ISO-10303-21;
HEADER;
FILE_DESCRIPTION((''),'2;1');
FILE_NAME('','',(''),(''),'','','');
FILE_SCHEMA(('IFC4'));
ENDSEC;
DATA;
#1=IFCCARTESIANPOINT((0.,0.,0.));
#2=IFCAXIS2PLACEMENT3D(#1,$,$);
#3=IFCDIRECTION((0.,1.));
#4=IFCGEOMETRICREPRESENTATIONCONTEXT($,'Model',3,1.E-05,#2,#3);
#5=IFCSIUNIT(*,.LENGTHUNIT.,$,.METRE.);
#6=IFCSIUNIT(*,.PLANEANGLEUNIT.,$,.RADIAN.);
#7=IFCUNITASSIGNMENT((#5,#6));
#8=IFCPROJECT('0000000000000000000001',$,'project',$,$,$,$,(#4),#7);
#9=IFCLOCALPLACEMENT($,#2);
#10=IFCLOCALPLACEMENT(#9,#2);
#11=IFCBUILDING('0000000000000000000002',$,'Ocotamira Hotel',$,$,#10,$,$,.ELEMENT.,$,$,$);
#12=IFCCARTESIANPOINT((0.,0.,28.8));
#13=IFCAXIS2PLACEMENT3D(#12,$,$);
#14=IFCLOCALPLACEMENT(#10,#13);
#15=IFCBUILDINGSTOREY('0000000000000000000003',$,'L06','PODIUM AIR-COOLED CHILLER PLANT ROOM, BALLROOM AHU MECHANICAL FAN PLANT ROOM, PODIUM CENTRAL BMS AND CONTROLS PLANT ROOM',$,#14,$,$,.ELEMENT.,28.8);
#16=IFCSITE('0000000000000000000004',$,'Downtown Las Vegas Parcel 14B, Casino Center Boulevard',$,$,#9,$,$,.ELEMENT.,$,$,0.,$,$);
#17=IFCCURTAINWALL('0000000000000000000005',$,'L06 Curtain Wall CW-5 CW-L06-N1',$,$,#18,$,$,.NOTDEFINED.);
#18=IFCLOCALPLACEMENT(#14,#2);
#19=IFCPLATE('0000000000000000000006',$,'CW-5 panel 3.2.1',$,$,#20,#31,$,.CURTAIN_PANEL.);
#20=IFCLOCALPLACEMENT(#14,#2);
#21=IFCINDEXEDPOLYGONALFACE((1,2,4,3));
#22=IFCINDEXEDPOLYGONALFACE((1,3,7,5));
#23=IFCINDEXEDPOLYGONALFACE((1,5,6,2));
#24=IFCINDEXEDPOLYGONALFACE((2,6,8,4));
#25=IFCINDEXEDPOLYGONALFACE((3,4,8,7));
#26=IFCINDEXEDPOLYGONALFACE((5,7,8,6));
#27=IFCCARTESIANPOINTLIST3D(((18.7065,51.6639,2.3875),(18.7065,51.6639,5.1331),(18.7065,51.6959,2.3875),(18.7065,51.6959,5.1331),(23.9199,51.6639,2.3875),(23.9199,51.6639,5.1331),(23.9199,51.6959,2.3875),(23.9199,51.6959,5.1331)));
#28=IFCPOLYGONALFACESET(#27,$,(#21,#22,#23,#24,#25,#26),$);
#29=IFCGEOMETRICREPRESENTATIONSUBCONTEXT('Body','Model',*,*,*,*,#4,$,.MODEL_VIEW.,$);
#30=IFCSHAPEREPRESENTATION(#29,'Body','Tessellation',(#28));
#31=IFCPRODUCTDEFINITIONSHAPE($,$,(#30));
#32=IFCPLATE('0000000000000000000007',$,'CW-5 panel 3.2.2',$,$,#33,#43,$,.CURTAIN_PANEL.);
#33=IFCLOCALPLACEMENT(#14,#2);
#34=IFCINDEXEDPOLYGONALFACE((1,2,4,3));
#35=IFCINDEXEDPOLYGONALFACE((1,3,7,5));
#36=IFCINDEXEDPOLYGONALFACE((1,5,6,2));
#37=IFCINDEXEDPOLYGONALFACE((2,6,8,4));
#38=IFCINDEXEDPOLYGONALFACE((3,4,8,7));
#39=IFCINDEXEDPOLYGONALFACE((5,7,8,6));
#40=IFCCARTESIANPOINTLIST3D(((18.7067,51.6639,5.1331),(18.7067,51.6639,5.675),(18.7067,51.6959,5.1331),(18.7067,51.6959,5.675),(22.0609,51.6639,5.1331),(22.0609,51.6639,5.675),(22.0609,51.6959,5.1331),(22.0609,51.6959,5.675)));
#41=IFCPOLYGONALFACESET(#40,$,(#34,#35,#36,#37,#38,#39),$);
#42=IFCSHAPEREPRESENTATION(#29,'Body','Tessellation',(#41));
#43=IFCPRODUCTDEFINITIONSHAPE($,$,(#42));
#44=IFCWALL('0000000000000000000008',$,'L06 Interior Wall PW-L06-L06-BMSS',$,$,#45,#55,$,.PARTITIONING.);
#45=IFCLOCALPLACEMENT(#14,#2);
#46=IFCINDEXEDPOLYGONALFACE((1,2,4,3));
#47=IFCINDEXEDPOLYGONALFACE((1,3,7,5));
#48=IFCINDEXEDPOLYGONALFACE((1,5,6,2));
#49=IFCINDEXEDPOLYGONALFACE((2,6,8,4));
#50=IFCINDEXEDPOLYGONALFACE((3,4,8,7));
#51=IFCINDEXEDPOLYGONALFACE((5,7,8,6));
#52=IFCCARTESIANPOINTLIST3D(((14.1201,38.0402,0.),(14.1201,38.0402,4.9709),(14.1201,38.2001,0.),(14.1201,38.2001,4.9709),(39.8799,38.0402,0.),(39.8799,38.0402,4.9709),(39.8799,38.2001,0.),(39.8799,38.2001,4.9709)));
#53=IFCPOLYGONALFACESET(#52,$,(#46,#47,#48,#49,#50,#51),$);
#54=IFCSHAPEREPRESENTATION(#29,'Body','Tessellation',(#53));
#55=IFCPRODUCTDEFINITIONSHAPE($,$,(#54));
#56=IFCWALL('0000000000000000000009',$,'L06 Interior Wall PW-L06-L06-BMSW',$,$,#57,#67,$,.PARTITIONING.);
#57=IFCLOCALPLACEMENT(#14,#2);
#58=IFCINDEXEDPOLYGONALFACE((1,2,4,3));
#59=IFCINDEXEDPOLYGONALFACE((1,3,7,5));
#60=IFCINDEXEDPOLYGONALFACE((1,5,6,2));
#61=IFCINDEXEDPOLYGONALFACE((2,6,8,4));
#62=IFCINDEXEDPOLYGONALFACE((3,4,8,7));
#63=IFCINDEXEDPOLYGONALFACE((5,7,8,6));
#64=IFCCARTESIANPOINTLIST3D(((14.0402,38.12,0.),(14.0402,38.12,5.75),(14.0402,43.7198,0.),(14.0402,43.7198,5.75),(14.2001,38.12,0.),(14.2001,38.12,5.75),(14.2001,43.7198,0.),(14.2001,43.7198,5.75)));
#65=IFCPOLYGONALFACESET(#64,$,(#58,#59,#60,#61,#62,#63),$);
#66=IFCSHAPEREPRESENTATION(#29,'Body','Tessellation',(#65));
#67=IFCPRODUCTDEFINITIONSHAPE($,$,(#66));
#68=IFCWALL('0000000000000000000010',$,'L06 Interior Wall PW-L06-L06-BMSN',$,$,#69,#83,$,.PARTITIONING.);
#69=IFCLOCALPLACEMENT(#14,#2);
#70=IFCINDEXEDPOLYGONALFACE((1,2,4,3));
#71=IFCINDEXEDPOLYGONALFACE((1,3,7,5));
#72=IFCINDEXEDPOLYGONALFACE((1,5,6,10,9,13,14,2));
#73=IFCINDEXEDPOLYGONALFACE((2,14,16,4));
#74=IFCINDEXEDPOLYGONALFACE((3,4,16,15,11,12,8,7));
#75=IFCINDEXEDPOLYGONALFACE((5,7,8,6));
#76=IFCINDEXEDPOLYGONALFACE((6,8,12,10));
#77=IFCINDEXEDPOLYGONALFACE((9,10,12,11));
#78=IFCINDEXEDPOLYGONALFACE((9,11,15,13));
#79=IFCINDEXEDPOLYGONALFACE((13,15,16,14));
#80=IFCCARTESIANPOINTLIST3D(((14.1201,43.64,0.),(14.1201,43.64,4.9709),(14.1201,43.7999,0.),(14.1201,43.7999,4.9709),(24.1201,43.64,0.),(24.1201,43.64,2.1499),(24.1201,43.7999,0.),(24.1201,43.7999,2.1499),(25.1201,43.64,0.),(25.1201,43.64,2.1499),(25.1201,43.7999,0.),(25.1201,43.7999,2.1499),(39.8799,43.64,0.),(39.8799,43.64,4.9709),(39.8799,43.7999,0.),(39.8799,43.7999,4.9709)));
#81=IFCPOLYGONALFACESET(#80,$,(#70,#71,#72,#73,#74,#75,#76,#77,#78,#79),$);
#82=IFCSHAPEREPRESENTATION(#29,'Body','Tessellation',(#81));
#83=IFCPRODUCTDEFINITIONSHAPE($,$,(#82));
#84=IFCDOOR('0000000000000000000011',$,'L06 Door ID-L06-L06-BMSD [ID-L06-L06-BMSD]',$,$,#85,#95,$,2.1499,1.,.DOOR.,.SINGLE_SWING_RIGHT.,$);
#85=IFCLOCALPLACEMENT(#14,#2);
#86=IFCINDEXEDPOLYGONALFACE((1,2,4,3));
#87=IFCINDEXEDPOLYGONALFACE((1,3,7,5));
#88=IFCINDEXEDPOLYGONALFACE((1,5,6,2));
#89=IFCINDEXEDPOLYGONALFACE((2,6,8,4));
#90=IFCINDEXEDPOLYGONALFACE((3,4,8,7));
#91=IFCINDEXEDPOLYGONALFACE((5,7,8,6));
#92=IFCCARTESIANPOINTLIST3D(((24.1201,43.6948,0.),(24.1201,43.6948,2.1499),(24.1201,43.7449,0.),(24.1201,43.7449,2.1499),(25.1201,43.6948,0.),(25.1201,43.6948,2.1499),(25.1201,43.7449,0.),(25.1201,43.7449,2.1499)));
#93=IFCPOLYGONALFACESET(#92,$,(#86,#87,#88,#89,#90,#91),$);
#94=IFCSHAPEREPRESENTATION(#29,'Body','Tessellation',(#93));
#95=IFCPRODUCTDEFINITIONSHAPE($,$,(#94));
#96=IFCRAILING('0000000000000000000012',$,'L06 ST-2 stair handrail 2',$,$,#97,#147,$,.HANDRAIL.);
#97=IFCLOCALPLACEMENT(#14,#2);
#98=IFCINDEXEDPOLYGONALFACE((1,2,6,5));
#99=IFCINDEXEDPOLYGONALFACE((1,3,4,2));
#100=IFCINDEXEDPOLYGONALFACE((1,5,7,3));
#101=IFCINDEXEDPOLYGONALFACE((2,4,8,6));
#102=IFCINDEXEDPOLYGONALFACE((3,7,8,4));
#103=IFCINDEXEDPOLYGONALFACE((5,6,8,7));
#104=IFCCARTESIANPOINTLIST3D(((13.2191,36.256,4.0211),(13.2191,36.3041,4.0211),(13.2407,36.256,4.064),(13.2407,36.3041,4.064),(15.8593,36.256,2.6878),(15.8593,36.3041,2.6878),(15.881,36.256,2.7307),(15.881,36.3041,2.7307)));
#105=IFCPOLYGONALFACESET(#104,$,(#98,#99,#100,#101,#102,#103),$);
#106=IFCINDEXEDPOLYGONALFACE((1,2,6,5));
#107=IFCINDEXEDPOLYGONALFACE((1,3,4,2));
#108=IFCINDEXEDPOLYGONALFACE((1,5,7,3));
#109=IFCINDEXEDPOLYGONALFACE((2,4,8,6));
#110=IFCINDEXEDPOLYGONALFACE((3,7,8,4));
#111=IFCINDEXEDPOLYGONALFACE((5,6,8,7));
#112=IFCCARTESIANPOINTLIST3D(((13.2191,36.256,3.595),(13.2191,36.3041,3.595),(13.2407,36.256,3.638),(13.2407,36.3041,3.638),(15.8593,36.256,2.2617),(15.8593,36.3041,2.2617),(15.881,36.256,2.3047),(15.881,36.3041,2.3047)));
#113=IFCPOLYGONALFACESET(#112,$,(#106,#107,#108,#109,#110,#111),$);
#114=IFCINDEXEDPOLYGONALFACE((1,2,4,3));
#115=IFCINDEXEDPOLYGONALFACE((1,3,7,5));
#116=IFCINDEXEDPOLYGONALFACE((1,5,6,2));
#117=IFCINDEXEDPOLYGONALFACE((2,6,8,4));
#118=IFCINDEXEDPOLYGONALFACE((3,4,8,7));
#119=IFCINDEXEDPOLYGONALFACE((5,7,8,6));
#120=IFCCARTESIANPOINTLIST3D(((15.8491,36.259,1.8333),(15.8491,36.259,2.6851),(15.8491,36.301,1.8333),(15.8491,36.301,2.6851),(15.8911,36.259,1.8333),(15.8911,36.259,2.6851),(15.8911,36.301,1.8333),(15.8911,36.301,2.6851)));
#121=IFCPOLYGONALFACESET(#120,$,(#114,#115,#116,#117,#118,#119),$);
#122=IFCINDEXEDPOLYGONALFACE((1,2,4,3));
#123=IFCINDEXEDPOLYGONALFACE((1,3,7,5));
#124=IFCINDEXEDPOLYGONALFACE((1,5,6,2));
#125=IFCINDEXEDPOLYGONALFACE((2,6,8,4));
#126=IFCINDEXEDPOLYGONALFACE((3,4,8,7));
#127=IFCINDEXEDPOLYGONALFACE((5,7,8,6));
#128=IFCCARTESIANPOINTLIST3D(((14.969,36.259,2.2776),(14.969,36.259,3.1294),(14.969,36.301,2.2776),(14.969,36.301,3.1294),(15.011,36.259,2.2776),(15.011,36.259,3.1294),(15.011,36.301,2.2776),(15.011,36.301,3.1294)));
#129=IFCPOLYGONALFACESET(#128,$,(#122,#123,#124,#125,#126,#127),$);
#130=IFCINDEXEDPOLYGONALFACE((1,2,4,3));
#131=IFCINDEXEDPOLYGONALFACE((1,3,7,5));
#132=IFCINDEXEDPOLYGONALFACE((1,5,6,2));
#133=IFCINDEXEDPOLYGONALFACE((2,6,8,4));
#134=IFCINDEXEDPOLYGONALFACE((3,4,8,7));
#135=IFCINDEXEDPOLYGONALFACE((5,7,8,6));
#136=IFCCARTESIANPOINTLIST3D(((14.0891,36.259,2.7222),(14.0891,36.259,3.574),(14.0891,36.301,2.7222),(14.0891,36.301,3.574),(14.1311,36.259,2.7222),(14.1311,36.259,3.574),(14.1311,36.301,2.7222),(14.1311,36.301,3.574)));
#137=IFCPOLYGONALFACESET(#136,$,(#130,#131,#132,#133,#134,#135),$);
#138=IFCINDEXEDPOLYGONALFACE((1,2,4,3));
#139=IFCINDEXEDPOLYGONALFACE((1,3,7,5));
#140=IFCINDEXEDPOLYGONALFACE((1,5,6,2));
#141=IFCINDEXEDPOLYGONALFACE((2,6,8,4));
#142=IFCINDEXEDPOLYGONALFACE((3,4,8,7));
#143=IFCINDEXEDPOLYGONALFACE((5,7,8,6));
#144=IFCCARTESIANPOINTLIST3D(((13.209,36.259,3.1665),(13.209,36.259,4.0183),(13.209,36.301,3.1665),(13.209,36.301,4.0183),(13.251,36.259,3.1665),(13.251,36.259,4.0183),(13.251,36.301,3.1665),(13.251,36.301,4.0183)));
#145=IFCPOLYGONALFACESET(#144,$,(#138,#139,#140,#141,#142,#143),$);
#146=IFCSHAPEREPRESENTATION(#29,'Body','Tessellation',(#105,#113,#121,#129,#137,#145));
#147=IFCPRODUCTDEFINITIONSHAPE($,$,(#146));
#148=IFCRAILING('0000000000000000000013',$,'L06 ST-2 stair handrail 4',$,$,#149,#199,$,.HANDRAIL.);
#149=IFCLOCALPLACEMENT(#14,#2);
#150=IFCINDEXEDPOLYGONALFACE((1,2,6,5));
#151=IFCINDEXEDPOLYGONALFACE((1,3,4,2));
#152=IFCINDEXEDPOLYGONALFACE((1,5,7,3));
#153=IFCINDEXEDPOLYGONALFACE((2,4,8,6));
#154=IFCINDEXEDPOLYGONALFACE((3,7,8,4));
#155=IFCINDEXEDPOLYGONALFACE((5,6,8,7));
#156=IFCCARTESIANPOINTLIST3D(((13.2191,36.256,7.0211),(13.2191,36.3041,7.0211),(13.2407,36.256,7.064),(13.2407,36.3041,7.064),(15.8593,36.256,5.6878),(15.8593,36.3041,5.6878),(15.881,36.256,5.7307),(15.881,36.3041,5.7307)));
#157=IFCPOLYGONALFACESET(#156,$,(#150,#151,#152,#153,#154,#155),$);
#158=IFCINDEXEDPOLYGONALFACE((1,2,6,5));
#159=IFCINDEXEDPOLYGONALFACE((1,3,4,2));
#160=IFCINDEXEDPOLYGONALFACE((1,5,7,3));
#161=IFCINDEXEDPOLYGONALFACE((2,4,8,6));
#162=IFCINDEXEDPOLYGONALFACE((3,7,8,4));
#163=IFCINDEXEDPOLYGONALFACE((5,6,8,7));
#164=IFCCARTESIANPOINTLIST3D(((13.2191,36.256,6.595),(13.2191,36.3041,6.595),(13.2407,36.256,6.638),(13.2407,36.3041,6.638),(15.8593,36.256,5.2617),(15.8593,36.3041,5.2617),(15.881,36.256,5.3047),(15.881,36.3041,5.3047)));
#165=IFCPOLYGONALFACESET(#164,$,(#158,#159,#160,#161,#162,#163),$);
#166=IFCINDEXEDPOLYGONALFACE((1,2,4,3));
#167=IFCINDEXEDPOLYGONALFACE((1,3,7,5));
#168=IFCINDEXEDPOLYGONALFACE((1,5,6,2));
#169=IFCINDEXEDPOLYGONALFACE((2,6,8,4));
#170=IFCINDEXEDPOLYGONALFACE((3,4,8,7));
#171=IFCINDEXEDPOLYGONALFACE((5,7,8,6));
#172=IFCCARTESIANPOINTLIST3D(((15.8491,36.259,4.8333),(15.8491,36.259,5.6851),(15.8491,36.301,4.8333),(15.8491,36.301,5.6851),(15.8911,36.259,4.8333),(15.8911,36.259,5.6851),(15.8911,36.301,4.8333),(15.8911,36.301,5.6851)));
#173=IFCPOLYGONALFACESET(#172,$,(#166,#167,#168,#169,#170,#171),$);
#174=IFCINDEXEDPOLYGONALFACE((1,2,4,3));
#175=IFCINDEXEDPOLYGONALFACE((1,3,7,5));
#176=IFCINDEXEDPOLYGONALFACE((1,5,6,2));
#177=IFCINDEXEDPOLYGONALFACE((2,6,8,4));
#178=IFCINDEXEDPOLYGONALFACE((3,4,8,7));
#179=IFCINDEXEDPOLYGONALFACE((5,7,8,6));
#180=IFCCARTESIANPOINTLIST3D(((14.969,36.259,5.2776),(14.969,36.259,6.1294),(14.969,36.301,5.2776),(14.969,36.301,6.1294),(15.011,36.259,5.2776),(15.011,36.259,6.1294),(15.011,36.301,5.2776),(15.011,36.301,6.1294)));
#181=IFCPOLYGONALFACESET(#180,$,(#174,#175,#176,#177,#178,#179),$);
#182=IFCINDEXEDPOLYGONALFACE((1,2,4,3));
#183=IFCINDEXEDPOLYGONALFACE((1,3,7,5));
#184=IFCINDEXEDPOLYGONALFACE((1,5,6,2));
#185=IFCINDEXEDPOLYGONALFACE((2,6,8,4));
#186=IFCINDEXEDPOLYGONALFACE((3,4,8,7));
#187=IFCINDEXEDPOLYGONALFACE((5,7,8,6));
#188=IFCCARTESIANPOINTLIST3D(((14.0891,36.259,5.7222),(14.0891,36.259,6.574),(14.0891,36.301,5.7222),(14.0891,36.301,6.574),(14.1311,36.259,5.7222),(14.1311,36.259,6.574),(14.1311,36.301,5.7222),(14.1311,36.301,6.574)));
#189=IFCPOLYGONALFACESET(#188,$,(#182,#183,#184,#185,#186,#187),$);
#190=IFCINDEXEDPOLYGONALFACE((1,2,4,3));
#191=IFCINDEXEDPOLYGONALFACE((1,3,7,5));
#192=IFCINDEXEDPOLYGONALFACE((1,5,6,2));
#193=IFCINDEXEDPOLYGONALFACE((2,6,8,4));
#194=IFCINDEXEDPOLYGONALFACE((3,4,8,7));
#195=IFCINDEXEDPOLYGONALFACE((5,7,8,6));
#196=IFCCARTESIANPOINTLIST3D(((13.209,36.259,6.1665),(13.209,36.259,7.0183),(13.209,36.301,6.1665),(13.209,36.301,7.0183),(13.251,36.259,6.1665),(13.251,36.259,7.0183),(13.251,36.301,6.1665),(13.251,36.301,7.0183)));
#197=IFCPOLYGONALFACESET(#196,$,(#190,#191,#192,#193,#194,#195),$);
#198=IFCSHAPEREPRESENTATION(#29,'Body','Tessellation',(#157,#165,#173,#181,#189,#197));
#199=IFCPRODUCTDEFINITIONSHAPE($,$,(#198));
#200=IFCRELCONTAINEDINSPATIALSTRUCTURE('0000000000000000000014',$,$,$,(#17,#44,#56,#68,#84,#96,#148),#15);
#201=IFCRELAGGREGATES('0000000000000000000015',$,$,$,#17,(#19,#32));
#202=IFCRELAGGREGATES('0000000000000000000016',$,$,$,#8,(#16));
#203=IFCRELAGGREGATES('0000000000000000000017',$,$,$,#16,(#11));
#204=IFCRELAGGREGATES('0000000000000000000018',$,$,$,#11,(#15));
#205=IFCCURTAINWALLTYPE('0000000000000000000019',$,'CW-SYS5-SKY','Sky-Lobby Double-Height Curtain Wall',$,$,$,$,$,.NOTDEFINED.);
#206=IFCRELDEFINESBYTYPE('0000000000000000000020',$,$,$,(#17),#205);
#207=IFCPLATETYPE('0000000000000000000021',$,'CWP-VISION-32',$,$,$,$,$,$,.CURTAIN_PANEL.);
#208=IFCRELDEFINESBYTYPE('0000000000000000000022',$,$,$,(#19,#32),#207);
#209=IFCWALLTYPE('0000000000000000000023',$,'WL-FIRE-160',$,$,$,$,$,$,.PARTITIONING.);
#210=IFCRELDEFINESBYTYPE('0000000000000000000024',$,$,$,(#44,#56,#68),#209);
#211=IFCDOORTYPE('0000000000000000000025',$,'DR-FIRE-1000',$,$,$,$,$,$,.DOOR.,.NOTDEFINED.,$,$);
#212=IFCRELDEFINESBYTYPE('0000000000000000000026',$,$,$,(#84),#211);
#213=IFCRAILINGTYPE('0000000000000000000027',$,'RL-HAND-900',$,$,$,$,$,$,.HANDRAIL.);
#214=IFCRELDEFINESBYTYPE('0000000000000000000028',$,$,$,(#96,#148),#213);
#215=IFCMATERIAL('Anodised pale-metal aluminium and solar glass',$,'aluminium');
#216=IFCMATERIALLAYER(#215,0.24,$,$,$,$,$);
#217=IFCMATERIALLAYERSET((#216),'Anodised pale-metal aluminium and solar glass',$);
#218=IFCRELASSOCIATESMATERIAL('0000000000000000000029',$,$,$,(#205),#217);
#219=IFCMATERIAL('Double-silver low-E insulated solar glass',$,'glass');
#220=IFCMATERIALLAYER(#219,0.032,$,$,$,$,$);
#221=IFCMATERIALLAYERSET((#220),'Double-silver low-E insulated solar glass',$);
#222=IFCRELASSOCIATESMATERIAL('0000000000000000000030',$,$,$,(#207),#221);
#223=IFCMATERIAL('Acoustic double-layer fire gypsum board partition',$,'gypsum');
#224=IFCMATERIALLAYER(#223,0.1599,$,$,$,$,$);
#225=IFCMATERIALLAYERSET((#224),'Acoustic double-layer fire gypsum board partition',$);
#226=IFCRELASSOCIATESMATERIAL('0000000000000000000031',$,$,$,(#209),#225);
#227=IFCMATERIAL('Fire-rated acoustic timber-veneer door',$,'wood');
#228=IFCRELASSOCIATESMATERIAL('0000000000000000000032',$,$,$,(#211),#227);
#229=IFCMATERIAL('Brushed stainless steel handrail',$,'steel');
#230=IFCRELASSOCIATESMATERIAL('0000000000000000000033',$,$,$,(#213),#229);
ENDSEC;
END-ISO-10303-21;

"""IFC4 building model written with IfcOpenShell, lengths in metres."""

from ifc_helpers import new_model, si_unit, direction, frame, frame_2d, origin, origin_2d, place, context, subcontext, project, spatial, rectangle, extrude, source, transform, mapped, material, layer, layer_set, type_object, element, fill, aggregate, save


model = new_model("IFC4")

# Units and contexts
model_context = context("Model", 3, precision=1e-05, world=origin(), true_north=direction((0.0, 1.0)))
body_context = subcontext(model_context, "Body", "Model", "MODEL_VIEW")
ifc_project = project(units=[si_unit("LENGTHUNIT", "METRE"), si_unit("PLANEANGLEUNIT", "RADIAN")], contexts=[model_context])

# Site, building, storey
site_placement = place(None, origin())
site = spatial("IfcSite", under=ifc_project, at=site_placement, Name="Downtown Las Vegas Parcel 14B, Casino Center Boulevard", CompositionType="ELEMENT", RefElevation=0.0)
building_placement = place(site_placement, origin())
building = spatial("IfcBuilding", under=site, at=building_placement, Name="Ocotamira Hotel", CompositionType="ELEMENT")
storey_placement = place(building_placement, frame((0.0, 0.0, 28.8)))
storey = spatial("IfcBuildingStorey", under=building, at=storey_placement, Name="L06", Description="PODIUM AIR-COOLED CHILLER PLANT ROOM, BALLROOM AHU MECHANICAL FAN PLANT ROOM, PODIUM CENTRAL BMS AND CONTROLS PLANT ROOM", CompositionType="ELEMENT", Elevation=28.8)

# Curtain wall
ifc_material_1 = material(Name="Anodised pale-metal aluminium and solar glass", Category="aluminium")
ifc_layer_1 = layer(ifc_material_1, 0.24)
ifc_layer_set_1 = layer_set([ifc_layer_1], Name="Anodised pale-metal aluminium and solar glass")
curtain_wall_type = type_object("IfcCurtainWallType", Name="CW-SYS5-SKY", Description="Sky-Lobby Double-Height Curtain Wall", PredefinedType="NOTDEFINED", material=ifc_layer_set_1)
curtain_wall_placement = place(storey_placement, origin())
curtain_wall = element("IfcCurtainWall", 1, at=curtain_wall_placement, inside=storey, type_object=curtain_wall_type, Name="L06 Curtain Wall CW-5 CW-L06-N1", PredefinedType="NOTDEFINED")

# Plates
ifc_material_2 = material(Name="Double-silver low-E insulated solar glass", Category="glass")
ifc_layer_2 = layer(ifc_material_2, 0.032)
ifc_layer_set_2 = layer_set([ifc_layer_2], Name="Double-silver low-E insulated solar glass")
plate_type_1 = type_object("IfcPlateType", Name="CWP-VISION-32", PredefinedType="CURTAIN_PANEL", material=ifc_layer_set_2)
shared_shape_1 = source(origin(), body_context, "Body", "SweptSolid", [
    extrude(rectangle(XDim=5.2134, YDim=0.032, at=origin_2d()), origin(), (0.0, 0.0, 1.0), 2.7456),
])
plate_1_placement = place(storey_placement, frame((21.3132, 51.6799, 2.3875), z_axis=(0.0, 0.0, 1.0), x_axis=(1.0, 0.0, 0.0)))
plate_1 = element("IfcPlate", 2, at=plate_1_placement, type_object=plate_type_1, Name="CW-5 panel 3.2.1", PredefinedType="CURTAIN_PANEL", context=body_context, shape_type="MappedRepresentation", body=[
    mapped(shared_shape_1, transform((0.0, 0.0, 0.0), scale=1.0)),
])
shared_shape_2 = source(origin(), body_context, "Body", "SweptSolid", [
    extrude(rectangle(XDim=3.3542, YDim=0.032, at=origin_2d()), origin(), (0.0, 0.0, 1.0), 0.542),
])
plate_2_placement = place(storey_placement, frame((20.3838, 51.6799, 5.1331), z_axis=(0.0, 0.0, 1.0), x_axis=(1.0, 0.0, 0.0)))
plate_2 = element("IfcPlate", 3, at=plate_2_placement, type_object=plate_type_1, Name="CW-5 panel 3.2.2", PredefinedType="CURTAIN_PANEL", context=body_context, shape_type="MappedRepresentation", body=[
    mapped(shared_shape_2, transform((0.0, 0.0, 0.0), scale=1.0)),
])
aggregate(curtain_wall, [plate_1, plate_2])

# Walls
ifc_material_3 = material(Name="Acoustic double-layer fire gypsum board partition", Category="gypsum")
ifc_layer_3 = layer(ifc_material_3, 0.1599)
ifc_layer_set_3 = layer_set([ifc_layer_3], Name="Acoustic double-layer fire gypsum board partition")
wall_type = type_object("IfcWallType", Name="WL-FIRE-160", PredefinedType="PARTITIONING", material=ifc_layer_set_3)
wall_1_placement = place(storey_placement, frame((14.1201, 38.1201, 0.0), z_axis=(0.0, 0.0, 1.0), x_axis=(1.0, 0.0, 0.0)))
element("IfcWall", 4, at=wall_1_placement, inside=storey, type_object=wall_type, Name="L06 Interior Wall PW-L06-L06-BMSS", PredefinedType="PARTITIONING", context=body_context, shape_type="SweptSolid", body=[
    extrude(rectangle(XDim=25.7598, YDim=0.1599, at=frame_2d((12.8799, 0.0))), origin(), (0.0, 0.0, 1.0), 4.9709),
])
wall_2_placement = place(storey_placement, frame((14.1201, 38.1201, 0.0), z_axis=(0.0, 0.0, 1.0), x_axis=(0.0, 1.0, 0.0)))
element("IfcWall", 5, at=wall_2_placement, inside=storey, type_object=wall_type, Name="L06 Interior Wall PW-L06-L06-BMSW", PredefinedType="PARTITIONING", context=body_context, shape_type="SweptSolid", body=[
    extrude(rectangle(XDim=5.5999, YDim=0.1599, at=frame_2d((2.7998, 0.0))), origin(), (0.0, 0.0, 1.0), 5.75),
])

# Wall, opening, door
wall_3_placement = place(storey_placement, frame((14.1201, 43.72, 0.0), z_axis=(0.0, 0.0, 1.0), x_axis=(1.0, 0.0, 0.0)))
wall_3 = element("IfcWall", 6, at=wall_3_placement, inside=storey, type_object=wall_type, Name="L06 Interior Wall PW-L06-L06-BMSN", PredefinedType="PARTITIONING", context=body_context, shape_type="SweptSolid", body=[
    extrude(rectangle(XDim=25.7598, YDim=0.1599, at=frame_2d((12.8799, 0.0))), origin(), (0.0, 0.0, 1.0), 4.9709),
])
opening_placement = place(wall_3_placement, frame((10.0, 0.0, 0.0)))
opening = element("IfcOpeningElement", 7, at=opening_placement, cuts=wall_3, PredefinedType="OPENING", context=body_context, shape_type="SweptSolid", body=[
    extrude(rectangle(XDim=1.0, YDim=2.1499, at=frame_2d((0.5, 1.075))), frame((0.0, 0.0898, 0.0), z_axis=(0.0, -1.0, 0.0), x_axis=(1.0, 0.0, 0.0)), (0.0, 0.0, 1.0), 0.1799),
])
ifc_material_4 = material(Name="Fire-rated acoustic timber-veneer door", Category="wood")
door_type = type_object("IfcDoorType", Name="DR-FIRE-1000", OperationType="NOTDEFINED", PredefinedType="DOOR", material=ifc_material_4)
shared_shape_3 = source(origin(), body_context, "Body", "SweptSolid", [
    extrude(rectangle(XDim=1.0, YDim=2.1499, at=frame_2d((0.5, 1.075))), frame((0.0, 0.0249, 0.0), z_axis=(0.0, -1.0, 0.0), x_axis=(1.0, 0.0, 0.0)), (0.0, 0.0, 1.0), 0.05),
])
door_placement = place(opening_placement, origin())
door = element("IfcDoor", 8, at=door_placement, inside=storey, type_object=door_type, Name="L06 Door ID-L06-L06-BMSD [ID-L06-L06-BMSD]", OperationType="SINGLE_SWING_RIGHT", OverallHeight=2.1499, OverallWidth=1.0, PredefinedType="DOOR", context=body_context, shape_type="MappedRepresentation", body=[
    mapped(shared_shape_3, transform((0.0, 0.0, 0.0), scale=1.0)),
])
fill(opening, door)

# Railings
ifc_material_5 = material(Name="Brushed stainless steel handrail", Category="steel")
railing_type = type_object("IfcRailingType", Name="RL-HAND-900", PredefinedType="HANDRAIL", material=ifc_material_5)
for number, where, name in (
    (9, (15.8701, 36.28, 1.8333), "L06 ST-2 stair handrail 2"),
    (10, (15.8701, 36.28, 4.8333), "L06 ST-2 stair handrail 4"),
):
    element("IfcRailing", number, at=place(storey_placement, frame(where)), inside=storey, type_object=railing_type, Name=name, PredefinedType="HANDRAIL", context=body_context, shape_type="SweptSolid", body=[
        extrude(rectangle(XDim=0.0481, YDim=0.0481, at=origin_2d()), frame((0.0, 0.0, 0.876), z_axis=(-0.892637, 0.0, 0.450776), x_axis=(0.0, -1.0, 0.0)), (0.0, 0.0, 1.0), 2.9578),
        extrude(rectangle(XDim=0.0481, YDim=0.0481, at=origin_2d()), frame((0.0, 0.0, 0.45), z_axis=(-0.892637, 0.0, 0.450776), x_axis=(0.0, -1.0, 0.0)), (0.0, 0.0, 1.0), 2.9578),
        extrude(rectangle(XDim=0.042, YDim=0.042, at=origin_2d()), origin(), (0.0, 0.0, 1.0), 0.8518),
        extrude(rectangle(XDim=0.042, YDim=0.042, at=origin_2d()), frame((-0.8801, 0.0, 0.4443)), (0.0, 0.0, 1.0), 0.8518),
        extrude(rectangle(XDim=0.042, YDim=0.042, at=origin_2d()), frame((-1.76, 0.0, 0.8889)), (0.0, 0.0, 1.0), 0.8518),
        extrude(rectangle(XDim=0.042, YDim=0.042, at=origin_2d()), frame((-2.6401, 0.0, 1.3333)), (0.0, 0.0, 1.0), 0.8518),
    ])

save(model, "model.ifc")
